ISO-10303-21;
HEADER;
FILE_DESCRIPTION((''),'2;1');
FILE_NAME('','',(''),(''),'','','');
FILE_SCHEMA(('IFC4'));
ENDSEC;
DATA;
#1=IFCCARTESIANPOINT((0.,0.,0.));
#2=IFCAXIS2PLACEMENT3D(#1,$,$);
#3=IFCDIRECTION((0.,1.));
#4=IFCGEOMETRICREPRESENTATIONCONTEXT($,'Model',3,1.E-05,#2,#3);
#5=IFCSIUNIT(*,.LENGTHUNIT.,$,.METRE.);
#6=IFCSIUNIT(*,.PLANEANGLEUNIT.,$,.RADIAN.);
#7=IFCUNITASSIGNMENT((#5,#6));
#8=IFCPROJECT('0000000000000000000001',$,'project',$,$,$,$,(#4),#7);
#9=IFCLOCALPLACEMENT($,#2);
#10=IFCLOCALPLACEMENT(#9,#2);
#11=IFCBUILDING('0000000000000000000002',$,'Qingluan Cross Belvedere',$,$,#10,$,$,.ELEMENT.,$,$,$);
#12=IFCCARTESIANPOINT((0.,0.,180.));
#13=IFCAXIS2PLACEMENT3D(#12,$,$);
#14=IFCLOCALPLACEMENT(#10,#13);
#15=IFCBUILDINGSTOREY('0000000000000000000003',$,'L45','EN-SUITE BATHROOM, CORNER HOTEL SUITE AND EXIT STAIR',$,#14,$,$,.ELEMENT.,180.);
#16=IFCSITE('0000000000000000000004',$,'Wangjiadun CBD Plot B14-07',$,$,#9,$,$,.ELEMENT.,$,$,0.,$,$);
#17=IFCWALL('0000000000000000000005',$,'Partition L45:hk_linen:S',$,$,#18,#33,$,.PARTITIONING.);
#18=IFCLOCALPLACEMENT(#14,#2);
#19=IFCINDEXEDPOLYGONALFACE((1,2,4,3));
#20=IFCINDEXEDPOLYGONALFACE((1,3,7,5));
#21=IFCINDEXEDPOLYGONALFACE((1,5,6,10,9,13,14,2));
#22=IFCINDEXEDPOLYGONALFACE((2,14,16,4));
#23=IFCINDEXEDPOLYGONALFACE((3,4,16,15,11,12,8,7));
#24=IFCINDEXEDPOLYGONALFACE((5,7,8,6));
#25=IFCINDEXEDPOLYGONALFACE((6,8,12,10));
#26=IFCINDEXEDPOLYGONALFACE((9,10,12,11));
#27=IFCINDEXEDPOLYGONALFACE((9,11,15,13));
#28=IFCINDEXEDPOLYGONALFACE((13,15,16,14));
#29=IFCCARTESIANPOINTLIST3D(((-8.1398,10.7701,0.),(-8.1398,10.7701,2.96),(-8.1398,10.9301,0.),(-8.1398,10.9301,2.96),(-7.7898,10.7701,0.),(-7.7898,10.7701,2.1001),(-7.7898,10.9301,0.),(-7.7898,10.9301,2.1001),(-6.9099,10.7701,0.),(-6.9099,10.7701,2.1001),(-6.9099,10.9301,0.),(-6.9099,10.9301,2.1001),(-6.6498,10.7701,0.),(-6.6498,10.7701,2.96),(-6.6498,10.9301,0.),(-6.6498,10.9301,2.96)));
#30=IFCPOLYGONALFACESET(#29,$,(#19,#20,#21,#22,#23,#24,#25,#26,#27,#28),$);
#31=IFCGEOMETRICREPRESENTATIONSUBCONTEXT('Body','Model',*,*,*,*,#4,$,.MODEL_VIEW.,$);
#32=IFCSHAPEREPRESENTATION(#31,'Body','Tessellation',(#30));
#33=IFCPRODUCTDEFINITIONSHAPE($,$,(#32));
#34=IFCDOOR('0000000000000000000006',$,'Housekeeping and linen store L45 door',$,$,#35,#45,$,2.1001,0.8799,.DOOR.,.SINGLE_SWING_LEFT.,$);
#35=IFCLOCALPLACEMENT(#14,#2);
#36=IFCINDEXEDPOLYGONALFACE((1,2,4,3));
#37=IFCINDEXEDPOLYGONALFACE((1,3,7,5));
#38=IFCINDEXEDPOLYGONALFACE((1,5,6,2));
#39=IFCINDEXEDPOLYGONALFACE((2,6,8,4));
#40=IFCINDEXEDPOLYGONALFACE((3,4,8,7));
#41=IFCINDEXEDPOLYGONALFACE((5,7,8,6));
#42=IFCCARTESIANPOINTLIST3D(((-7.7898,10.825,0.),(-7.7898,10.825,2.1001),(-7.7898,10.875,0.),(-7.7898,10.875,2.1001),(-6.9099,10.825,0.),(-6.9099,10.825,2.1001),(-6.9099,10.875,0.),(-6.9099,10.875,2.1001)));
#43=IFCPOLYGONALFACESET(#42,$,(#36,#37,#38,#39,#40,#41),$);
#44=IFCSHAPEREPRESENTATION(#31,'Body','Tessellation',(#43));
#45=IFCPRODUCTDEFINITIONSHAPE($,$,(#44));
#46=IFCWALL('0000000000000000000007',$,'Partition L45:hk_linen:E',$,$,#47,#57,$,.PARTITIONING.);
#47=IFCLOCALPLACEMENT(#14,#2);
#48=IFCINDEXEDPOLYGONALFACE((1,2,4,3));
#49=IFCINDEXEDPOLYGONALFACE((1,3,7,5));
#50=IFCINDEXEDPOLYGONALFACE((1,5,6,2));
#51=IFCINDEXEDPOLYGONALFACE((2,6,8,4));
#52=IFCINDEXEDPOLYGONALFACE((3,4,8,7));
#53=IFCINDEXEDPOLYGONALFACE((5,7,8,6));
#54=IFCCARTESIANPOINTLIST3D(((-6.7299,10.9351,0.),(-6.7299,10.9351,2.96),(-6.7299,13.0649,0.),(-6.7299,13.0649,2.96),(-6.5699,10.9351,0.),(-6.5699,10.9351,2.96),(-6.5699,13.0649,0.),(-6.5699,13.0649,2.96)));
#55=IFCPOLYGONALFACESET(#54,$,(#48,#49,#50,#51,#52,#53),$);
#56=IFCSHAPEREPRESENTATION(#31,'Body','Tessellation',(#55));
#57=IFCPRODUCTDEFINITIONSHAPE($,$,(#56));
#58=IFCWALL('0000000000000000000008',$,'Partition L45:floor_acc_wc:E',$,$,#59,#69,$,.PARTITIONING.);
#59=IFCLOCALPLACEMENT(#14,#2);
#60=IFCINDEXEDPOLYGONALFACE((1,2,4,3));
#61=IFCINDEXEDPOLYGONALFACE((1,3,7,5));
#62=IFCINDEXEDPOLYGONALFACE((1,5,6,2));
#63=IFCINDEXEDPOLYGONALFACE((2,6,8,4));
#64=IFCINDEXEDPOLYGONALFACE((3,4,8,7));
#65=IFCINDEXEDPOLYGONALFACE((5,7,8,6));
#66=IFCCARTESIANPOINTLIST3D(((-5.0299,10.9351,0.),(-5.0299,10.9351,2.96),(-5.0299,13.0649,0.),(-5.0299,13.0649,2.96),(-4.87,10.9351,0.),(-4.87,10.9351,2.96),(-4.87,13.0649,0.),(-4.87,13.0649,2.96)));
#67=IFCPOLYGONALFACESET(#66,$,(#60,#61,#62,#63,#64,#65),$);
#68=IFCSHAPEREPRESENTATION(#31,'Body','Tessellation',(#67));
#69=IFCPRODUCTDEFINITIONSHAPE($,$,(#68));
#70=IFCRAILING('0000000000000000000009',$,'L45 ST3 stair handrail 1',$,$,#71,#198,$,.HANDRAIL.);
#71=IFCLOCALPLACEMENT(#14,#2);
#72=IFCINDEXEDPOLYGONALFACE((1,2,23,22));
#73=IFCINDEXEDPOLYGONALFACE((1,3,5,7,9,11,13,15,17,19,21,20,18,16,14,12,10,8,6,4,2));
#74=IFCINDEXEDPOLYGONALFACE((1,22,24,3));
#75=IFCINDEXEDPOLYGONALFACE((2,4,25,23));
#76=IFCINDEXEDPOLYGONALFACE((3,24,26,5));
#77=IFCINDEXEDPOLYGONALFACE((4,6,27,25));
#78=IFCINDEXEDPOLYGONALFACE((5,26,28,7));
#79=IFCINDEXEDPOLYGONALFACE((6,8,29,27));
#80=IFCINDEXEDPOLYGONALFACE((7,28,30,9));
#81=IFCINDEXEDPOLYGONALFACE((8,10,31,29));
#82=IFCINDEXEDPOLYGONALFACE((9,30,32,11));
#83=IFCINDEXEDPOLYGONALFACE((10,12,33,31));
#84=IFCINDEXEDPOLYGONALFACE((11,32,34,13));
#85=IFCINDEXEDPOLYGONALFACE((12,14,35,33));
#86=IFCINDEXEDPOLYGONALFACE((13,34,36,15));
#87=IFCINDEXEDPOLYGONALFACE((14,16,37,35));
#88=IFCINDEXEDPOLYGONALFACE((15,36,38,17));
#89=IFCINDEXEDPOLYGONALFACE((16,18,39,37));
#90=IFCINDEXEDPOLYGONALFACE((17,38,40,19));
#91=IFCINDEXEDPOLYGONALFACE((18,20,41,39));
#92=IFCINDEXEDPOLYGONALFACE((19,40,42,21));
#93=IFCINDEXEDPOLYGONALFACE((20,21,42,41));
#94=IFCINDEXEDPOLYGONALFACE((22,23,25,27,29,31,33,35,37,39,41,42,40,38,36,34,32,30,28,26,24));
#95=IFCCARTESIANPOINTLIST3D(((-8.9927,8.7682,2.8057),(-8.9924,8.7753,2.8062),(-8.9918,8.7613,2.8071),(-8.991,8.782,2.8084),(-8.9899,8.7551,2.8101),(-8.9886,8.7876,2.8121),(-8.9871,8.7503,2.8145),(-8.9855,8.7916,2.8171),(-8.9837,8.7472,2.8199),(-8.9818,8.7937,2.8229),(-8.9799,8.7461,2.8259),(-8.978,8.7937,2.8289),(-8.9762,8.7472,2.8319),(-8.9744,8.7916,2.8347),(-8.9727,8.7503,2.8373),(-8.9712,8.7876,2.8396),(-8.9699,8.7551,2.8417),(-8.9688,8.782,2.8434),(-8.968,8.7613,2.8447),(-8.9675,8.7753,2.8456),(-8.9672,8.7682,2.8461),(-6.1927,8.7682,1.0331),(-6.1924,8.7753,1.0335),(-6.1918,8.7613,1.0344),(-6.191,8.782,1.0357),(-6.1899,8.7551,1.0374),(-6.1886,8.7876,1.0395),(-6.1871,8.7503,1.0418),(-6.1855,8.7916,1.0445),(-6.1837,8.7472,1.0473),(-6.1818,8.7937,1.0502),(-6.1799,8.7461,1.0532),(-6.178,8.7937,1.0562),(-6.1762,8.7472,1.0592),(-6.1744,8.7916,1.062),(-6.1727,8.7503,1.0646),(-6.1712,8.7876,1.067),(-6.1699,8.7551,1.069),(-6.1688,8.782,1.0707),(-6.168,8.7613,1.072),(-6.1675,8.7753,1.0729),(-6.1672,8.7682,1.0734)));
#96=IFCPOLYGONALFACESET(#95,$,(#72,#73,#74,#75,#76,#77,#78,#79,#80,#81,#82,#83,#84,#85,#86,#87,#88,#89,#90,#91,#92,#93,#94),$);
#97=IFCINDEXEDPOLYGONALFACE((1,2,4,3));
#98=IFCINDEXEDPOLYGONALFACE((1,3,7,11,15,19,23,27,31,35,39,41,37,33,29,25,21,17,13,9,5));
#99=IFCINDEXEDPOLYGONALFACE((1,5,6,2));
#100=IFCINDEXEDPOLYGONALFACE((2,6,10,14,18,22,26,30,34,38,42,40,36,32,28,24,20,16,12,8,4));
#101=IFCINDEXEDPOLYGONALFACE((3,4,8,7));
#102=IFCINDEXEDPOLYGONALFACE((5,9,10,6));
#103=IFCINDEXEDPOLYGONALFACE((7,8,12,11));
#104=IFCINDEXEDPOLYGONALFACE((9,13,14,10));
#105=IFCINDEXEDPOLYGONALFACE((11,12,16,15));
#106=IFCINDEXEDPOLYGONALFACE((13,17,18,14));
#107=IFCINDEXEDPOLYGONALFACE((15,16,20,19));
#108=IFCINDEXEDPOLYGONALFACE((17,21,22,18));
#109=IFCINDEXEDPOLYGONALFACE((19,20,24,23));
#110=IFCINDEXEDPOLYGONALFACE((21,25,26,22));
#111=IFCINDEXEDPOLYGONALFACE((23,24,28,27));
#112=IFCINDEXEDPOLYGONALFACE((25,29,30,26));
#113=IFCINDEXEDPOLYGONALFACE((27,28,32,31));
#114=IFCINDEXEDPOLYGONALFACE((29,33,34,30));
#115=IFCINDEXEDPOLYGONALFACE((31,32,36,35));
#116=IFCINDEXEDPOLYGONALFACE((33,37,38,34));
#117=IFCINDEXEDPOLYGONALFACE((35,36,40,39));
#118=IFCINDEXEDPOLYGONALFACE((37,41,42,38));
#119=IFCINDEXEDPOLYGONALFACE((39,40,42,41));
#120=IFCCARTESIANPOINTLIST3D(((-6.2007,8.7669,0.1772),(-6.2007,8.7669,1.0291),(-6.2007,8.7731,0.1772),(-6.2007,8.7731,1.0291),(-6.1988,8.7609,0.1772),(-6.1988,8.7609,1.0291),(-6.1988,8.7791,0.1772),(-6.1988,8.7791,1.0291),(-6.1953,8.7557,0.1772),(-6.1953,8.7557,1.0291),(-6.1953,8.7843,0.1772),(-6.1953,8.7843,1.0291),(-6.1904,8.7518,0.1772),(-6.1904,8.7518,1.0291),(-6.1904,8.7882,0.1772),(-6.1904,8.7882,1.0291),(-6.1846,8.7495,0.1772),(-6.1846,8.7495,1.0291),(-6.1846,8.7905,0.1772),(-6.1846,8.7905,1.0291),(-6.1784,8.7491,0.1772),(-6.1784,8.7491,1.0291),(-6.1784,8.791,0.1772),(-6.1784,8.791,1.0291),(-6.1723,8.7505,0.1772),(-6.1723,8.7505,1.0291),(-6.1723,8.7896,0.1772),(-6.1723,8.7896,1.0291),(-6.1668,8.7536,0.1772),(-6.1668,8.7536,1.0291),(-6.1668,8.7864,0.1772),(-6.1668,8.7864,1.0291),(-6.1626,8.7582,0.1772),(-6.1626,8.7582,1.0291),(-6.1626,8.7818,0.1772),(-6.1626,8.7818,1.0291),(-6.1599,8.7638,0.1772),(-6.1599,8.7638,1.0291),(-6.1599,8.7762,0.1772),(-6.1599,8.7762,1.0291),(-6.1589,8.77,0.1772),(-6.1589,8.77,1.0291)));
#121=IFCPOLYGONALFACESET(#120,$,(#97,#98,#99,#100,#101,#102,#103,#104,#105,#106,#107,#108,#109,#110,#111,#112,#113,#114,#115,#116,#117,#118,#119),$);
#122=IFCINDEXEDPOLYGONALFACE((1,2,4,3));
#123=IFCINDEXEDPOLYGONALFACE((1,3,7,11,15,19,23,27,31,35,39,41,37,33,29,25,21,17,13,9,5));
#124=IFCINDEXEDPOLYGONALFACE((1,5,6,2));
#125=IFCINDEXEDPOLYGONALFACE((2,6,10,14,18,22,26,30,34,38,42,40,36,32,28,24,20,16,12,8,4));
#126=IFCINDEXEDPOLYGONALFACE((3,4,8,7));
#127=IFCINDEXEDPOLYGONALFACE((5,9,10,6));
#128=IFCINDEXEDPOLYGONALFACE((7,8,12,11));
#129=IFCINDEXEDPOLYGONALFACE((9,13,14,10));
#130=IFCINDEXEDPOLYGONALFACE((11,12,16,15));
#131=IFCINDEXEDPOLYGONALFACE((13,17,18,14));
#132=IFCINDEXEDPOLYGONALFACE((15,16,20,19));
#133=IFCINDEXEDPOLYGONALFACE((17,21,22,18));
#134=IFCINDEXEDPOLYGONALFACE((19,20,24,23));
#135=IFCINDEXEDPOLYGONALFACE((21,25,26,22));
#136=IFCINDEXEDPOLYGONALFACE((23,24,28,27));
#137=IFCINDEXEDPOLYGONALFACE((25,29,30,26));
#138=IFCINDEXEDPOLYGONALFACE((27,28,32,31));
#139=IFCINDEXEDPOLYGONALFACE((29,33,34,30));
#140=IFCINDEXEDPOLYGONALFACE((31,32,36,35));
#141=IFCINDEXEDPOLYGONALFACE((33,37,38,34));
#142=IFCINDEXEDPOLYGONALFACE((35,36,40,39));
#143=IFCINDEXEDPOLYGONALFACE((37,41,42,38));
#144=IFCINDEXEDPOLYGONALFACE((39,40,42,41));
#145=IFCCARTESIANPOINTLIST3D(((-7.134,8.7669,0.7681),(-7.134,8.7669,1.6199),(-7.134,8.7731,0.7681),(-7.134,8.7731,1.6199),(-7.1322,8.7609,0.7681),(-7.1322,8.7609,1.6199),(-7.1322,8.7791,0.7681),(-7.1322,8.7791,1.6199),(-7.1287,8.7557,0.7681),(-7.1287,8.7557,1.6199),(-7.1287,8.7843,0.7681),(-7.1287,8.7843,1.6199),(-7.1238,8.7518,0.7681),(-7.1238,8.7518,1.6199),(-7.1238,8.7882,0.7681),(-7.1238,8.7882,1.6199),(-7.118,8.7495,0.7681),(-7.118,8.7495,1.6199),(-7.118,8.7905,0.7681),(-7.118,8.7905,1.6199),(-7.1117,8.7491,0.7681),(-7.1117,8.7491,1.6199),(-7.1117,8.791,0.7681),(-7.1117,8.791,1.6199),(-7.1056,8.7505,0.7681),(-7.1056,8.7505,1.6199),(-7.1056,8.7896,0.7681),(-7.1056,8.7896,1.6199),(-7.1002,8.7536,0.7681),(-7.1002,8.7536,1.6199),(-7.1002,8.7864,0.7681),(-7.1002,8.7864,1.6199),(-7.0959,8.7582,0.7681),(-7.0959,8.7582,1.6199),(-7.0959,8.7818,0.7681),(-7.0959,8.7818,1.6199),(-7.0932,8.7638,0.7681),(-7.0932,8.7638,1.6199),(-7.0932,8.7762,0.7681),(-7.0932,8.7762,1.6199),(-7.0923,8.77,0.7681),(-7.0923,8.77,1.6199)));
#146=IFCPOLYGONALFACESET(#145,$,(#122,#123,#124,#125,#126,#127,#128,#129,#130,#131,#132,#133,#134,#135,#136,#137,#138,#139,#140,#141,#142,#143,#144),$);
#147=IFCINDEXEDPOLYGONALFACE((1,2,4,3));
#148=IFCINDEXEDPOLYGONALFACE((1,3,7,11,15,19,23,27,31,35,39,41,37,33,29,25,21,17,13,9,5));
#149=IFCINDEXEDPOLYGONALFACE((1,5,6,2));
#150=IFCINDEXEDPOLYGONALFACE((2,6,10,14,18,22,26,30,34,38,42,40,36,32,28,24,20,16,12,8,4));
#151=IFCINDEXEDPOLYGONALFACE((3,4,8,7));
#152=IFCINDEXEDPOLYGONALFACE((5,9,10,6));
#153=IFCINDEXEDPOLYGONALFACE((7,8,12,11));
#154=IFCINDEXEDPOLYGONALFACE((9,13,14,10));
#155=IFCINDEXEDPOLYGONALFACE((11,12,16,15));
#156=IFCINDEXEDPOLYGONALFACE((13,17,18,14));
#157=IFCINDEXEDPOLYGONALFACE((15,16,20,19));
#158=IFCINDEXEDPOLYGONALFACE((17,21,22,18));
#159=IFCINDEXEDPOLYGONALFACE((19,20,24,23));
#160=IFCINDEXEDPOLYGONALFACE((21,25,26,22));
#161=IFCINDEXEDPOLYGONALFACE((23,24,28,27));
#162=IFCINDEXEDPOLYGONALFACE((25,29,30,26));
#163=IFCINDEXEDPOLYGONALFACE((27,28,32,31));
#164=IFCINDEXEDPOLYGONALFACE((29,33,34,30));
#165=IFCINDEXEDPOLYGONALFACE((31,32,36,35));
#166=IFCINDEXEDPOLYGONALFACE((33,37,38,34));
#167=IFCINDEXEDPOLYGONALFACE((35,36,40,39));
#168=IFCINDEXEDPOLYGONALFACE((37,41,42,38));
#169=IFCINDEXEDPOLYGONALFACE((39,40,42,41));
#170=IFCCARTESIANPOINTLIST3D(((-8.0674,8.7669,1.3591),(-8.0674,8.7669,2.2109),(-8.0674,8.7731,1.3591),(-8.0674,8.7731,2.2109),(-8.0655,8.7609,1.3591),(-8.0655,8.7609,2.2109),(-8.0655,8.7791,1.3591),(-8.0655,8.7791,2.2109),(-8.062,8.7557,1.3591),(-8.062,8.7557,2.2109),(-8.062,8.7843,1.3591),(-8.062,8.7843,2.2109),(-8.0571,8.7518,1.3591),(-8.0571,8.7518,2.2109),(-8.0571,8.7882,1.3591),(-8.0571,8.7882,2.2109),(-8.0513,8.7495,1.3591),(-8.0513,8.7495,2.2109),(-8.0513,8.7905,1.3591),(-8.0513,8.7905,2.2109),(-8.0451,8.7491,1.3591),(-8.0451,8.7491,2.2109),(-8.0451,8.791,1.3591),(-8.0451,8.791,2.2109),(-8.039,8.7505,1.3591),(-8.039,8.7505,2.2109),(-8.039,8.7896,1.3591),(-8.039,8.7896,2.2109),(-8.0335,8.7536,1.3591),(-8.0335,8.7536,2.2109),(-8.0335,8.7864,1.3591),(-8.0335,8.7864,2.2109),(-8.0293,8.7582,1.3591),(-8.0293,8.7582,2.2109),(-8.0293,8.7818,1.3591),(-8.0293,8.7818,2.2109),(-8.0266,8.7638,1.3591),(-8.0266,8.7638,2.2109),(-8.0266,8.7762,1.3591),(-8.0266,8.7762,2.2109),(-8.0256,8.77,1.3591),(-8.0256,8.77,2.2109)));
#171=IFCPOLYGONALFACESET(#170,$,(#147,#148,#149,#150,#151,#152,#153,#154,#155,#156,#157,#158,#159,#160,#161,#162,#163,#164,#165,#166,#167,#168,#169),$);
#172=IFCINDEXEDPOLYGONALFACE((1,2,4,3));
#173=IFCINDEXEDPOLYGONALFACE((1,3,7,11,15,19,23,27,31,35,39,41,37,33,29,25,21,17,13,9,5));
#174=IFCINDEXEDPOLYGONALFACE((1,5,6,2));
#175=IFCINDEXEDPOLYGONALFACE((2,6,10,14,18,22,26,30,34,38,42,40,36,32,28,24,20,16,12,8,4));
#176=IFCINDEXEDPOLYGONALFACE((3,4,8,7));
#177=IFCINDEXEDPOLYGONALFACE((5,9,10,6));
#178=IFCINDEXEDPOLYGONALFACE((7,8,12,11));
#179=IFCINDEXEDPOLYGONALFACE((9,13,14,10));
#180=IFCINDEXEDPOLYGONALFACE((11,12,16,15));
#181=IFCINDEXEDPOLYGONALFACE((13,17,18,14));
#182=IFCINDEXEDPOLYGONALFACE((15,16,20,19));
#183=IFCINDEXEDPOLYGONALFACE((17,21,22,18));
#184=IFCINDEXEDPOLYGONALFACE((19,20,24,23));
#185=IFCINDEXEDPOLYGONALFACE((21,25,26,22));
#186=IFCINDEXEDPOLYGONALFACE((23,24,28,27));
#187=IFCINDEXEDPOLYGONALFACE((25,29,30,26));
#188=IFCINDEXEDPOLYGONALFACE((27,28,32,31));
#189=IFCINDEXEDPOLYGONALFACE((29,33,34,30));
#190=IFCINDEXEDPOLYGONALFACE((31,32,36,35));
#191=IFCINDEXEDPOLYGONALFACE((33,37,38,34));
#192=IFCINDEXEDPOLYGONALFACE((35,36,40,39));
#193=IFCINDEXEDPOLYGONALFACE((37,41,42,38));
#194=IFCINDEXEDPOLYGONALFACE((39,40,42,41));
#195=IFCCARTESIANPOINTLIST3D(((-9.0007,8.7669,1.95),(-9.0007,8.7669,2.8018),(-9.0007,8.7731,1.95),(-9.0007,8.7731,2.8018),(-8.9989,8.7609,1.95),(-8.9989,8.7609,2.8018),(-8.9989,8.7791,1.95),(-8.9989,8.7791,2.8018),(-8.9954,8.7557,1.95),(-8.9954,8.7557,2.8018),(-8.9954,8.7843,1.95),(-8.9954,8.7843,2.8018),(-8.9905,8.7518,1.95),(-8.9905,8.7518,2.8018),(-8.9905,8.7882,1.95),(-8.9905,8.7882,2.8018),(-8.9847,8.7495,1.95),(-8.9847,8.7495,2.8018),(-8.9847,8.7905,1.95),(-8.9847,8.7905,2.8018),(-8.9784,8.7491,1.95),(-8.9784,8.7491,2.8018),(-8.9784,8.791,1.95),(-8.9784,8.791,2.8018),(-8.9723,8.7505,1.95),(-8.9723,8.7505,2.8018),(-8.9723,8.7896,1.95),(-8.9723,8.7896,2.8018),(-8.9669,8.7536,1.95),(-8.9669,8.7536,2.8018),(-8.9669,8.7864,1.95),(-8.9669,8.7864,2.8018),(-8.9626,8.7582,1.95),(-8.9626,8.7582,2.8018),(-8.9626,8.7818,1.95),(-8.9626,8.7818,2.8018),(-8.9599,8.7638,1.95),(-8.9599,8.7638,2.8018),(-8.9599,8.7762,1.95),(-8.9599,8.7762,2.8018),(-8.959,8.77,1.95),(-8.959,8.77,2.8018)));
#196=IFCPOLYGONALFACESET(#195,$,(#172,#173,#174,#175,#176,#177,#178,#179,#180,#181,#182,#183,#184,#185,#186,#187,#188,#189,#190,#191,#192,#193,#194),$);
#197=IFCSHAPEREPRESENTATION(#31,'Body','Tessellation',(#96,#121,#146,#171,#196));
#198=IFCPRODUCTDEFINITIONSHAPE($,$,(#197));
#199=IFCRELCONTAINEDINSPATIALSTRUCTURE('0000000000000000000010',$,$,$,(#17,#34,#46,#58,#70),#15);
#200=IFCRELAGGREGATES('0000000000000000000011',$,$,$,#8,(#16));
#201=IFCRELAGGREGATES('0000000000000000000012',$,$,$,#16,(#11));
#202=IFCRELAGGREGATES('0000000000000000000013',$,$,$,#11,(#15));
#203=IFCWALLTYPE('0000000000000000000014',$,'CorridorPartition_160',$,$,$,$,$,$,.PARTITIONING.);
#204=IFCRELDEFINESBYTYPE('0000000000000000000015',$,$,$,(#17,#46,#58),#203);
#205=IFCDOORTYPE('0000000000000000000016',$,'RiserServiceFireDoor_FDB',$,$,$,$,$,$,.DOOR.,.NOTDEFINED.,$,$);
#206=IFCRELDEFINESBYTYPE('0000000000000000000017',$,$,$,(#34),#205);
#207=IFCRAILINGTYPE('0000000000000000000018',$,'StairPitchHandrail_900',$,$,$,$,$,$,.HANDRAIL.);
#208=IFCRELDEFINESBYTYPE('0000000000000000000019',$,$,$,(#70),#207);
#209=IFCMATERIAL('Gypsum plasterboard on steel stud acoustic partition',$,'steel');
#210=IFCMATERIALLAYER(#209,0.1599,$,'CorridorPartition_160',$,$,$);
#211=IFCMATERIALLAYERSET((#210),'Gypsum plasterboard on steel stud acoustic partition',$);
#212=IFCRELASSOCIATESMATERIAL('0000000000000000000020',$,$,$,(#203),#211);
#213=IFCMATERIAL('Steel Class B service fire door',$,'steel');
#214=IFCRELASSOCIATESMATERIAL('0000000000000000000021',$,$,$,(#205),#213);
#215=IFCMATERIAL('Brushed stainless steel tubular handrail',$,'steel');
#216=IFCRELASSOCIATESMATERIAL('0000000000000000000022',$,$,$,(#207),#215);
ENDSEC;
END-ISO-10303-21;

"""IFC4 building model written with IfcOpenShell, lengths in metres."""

from ifc_helpers import new_model, si_unit, direction, frame, frame_2d, origin, origin_2d, place, context, subcontext, project, spatial, rectangle, circle, extrude, material, layer, layer_set, type_object, element, fill, save


model = new_model("IFC4")

# Units and contexts
model_context = context("Model", 3, precision=1e-05, world=origin(), true_north=direction((0.0, 1.0)))
body_context = subcontext(model_context, "Body", "Model", "MODEL_VIEW")
ifc_project = project(units=[si_unit("LENGTHUNIT", "METRE"), si_unit("PLANEANGLEUNIT", "RADIAN")], contexts=[model_context])

# Site, building, storey
site_placement = place(None, origin())
site = spatial("IfcSite", under=ifc_project, at=site_placement, Name="Wangjiadun CBD Plot B14-07", CompositionType="ELEMENT", RefElevation=0.0)
building_placement = place(site_placement, origin())
building = spatial("IfcBuilding", under=site, at=building_placement, Name="Qingluan Cross Belvedere", CompositionType="ELEMENT")
storey_placement = place(building_placement, frame((0.0, 0.0, 180.0)))
storey = spatial("IfcBuildingStorey", under=building, at=storey_placement, Name="L45", Description="EN-SUITE BATHROOM, CORNER HOTEL SUITE AND EXIT STAIR", CompositionType="ELEMENT", Elevation=180.0)

# Shared definitions
ifc_material_1 = material(Name="Gypsum plasterboard on steel stud acoustic partition", Category="steel")
ifc_layer_1 = layer(ifc_material_1, 0.1599, Name="CorridorPartition_160")
ifc_layer_set_1 = layer_set([ifc_layer_1], Name="Gypsum plasterboard on steel stud acoustic partition")
wall_type_1 = type_object("IfcWallType", Name="CorridorPartition_160", PredefinedType="PARTITIONING", material=ifc_layer_set_1)

# Wall, opening, door
wall_1_placement = place(storey_placement, frame((-8.1399, 10.8501, 0.0), z_axis=(0.0, 0.0, 1.0), x_axis=(1.0, 0.0, 0.0)))
wall_1 = element("IfcWall", 1, at=wall_1_placement, inside=storey, type_object=wall_type_1, Name="Partition L45:hk_linen:S", PredefinedType="PARTITIONING", context=body_context, shape_type="SweptSolid", body=[
    extrude(rectangle(XDim=1.49, YDim=0.1599, at=frame_2d((0.7451, 0.0))), origin(), (0.0, 0.0, 1.0), 2.96),
])
opening_1_placement = place(wall_1_placement, frame((0.3501, 0.0, 0.0)))
opening_1 = element("IfcOpeningElement", 2, at=opening_1_placement, cuts=wall_1, PredefinedType="OPENING", context=body_context, shape_type="SweptSolid", body=[
    extrude(rectangle(XDim=0.8799, YDim=2.1001, at=frame_2d((0.4399, 1.05))), frame((0.0, 0.0898, 0.0), z_axis=(0.0, -1.0, 0.0), x_axis=(1.0, 0.0, 0.0)), (0.0, 0.0, 1.0), 0.1799),
])
ifc_material_2 = material(Name="Steel Class B service fire door", Category="steel")
door_type_1 = type_object("IfcDoorType", Name="RiserServiceFireDoor_FDB", OperationType="NOTDEFINED", PredefinedType="DOOR", material=ifc_material_2)
door_1_placement = place(opening_1_placement, origin())
door_1 = element("IfcDoor", 3, at=door_1_placement, inside=storey, type_object=door_type_1, Name="Housekeeping and linen store L45 door", OperationType="SINGLE_SWING_LEFT", OverallHeight=2.1001, OverallWidth=0.8799, PredefinedType="DOOR", context=body_context, shape_type="SweptSolid", body=[
    extrude(rectangle(XDim=0.8799, YDim=2.1001, at=frame_2d((0.4399, 1.05))), frame((0.0, 0.0249, 0.0), z_axis=(0.0, -1.0, 0.0), x_axis=(1.0, 0.0, 0.0)), (0.0, 0.0, 1.0), 0.05),
])
fill(opening_1, door_1)

# Wall
wall_2_placement = place(storey_placement, frame((-6.6499, 10.9351, 0.0), z_axis=(0.0, 0.0, 1.0), x_axis=(0.0, 1.0, 0.0)))
element("IfcWall", 4, at=wall_2_placement, inside=storey, type_object=wall_type_1, Name="Partition L45:hk_linen:E", PredefinedType="PARTITIONING", context=body_context, shape_type="SweptSolid", body=[
    extrude(rectangle(XDim=2.1299, YDim=0.1599, at=frame_2d((1.0649, 0.0))), origin(), (0.0, 0.0, 1.0), 2.96),
])

# Wall
wall_3_placement = place(storey_placement, frame((-4.95, 10.9351, 0.0), z_axis=(0.0, 0.0, 1.0), x_axis=(0.0, 1.0, 0.0)))
element("IfcWall", 5, at=wall_3_placement, inside=storey, type_object=wall_type_1, Name="Partition L45:floor_acc_wc:E", PredefinedType="PARTITIONING", context=body_context, shape_type="SweptSolid", body=[
    extrude(rectangle(XDim=2.1299, YDim=0.1599, at=frame_2d((1.0649, 0.0))), origin(), (0.0, 0.0, 1.0), 2.96),
])

# Railing
ifc_material_3 = material(Name="Brushed stainless steel tubular handrail", Category="steel")
railing_type = type_object("IfcRailingType", Name="StairPitchHandrail_900", PredefinedType="HANDRAIL", material=ifc_material_3)
railing_placement = place(storey_placement, frame((-6.1799, 8.77, 0.1772)))
element("IfcRailing", 6, at=railing_placement, inside=storey, type_object=railing_type, Name="L45 ST3 stair handrail 1", PredefinedType="HANDRAIL", context=body_context, shape_type="SweptSolid", body=[
    extrude(circle(Radius=0.0239, at=origin_2d()), frame((0.0, 0.0, 0.876), z_axis=(-0.844909, 0.0, 0.53491), x_axis=(0.0, -1.0, 0.0)), (0.0, 0.0, 1.0), 3.314),
    extrude(circle(Radius=0.021, at=origin_2d()), origin(), (0.0, 0.0, 1.0), 0.8518),
    extrude(circle(Radius=0.021, at=origin_2d()), frame((-0.9333, 0.0, 0.5908)), (0.0, 0.0, 1.0), 0.8518),
    extrude(circle(Radius=0.021, at=origin_2d()), frame((-1.8667, 0.0, 1.1819)), (0.0, 0.0, 1.0), 0.8518),
    extrude(circle(Radius=0.021, at=origin_2d()), frame((-2.8, 0.0, 1.7727)), (0.0, 0.0, 1.0), 0.8518),
])

save(model, "model.ifc")
